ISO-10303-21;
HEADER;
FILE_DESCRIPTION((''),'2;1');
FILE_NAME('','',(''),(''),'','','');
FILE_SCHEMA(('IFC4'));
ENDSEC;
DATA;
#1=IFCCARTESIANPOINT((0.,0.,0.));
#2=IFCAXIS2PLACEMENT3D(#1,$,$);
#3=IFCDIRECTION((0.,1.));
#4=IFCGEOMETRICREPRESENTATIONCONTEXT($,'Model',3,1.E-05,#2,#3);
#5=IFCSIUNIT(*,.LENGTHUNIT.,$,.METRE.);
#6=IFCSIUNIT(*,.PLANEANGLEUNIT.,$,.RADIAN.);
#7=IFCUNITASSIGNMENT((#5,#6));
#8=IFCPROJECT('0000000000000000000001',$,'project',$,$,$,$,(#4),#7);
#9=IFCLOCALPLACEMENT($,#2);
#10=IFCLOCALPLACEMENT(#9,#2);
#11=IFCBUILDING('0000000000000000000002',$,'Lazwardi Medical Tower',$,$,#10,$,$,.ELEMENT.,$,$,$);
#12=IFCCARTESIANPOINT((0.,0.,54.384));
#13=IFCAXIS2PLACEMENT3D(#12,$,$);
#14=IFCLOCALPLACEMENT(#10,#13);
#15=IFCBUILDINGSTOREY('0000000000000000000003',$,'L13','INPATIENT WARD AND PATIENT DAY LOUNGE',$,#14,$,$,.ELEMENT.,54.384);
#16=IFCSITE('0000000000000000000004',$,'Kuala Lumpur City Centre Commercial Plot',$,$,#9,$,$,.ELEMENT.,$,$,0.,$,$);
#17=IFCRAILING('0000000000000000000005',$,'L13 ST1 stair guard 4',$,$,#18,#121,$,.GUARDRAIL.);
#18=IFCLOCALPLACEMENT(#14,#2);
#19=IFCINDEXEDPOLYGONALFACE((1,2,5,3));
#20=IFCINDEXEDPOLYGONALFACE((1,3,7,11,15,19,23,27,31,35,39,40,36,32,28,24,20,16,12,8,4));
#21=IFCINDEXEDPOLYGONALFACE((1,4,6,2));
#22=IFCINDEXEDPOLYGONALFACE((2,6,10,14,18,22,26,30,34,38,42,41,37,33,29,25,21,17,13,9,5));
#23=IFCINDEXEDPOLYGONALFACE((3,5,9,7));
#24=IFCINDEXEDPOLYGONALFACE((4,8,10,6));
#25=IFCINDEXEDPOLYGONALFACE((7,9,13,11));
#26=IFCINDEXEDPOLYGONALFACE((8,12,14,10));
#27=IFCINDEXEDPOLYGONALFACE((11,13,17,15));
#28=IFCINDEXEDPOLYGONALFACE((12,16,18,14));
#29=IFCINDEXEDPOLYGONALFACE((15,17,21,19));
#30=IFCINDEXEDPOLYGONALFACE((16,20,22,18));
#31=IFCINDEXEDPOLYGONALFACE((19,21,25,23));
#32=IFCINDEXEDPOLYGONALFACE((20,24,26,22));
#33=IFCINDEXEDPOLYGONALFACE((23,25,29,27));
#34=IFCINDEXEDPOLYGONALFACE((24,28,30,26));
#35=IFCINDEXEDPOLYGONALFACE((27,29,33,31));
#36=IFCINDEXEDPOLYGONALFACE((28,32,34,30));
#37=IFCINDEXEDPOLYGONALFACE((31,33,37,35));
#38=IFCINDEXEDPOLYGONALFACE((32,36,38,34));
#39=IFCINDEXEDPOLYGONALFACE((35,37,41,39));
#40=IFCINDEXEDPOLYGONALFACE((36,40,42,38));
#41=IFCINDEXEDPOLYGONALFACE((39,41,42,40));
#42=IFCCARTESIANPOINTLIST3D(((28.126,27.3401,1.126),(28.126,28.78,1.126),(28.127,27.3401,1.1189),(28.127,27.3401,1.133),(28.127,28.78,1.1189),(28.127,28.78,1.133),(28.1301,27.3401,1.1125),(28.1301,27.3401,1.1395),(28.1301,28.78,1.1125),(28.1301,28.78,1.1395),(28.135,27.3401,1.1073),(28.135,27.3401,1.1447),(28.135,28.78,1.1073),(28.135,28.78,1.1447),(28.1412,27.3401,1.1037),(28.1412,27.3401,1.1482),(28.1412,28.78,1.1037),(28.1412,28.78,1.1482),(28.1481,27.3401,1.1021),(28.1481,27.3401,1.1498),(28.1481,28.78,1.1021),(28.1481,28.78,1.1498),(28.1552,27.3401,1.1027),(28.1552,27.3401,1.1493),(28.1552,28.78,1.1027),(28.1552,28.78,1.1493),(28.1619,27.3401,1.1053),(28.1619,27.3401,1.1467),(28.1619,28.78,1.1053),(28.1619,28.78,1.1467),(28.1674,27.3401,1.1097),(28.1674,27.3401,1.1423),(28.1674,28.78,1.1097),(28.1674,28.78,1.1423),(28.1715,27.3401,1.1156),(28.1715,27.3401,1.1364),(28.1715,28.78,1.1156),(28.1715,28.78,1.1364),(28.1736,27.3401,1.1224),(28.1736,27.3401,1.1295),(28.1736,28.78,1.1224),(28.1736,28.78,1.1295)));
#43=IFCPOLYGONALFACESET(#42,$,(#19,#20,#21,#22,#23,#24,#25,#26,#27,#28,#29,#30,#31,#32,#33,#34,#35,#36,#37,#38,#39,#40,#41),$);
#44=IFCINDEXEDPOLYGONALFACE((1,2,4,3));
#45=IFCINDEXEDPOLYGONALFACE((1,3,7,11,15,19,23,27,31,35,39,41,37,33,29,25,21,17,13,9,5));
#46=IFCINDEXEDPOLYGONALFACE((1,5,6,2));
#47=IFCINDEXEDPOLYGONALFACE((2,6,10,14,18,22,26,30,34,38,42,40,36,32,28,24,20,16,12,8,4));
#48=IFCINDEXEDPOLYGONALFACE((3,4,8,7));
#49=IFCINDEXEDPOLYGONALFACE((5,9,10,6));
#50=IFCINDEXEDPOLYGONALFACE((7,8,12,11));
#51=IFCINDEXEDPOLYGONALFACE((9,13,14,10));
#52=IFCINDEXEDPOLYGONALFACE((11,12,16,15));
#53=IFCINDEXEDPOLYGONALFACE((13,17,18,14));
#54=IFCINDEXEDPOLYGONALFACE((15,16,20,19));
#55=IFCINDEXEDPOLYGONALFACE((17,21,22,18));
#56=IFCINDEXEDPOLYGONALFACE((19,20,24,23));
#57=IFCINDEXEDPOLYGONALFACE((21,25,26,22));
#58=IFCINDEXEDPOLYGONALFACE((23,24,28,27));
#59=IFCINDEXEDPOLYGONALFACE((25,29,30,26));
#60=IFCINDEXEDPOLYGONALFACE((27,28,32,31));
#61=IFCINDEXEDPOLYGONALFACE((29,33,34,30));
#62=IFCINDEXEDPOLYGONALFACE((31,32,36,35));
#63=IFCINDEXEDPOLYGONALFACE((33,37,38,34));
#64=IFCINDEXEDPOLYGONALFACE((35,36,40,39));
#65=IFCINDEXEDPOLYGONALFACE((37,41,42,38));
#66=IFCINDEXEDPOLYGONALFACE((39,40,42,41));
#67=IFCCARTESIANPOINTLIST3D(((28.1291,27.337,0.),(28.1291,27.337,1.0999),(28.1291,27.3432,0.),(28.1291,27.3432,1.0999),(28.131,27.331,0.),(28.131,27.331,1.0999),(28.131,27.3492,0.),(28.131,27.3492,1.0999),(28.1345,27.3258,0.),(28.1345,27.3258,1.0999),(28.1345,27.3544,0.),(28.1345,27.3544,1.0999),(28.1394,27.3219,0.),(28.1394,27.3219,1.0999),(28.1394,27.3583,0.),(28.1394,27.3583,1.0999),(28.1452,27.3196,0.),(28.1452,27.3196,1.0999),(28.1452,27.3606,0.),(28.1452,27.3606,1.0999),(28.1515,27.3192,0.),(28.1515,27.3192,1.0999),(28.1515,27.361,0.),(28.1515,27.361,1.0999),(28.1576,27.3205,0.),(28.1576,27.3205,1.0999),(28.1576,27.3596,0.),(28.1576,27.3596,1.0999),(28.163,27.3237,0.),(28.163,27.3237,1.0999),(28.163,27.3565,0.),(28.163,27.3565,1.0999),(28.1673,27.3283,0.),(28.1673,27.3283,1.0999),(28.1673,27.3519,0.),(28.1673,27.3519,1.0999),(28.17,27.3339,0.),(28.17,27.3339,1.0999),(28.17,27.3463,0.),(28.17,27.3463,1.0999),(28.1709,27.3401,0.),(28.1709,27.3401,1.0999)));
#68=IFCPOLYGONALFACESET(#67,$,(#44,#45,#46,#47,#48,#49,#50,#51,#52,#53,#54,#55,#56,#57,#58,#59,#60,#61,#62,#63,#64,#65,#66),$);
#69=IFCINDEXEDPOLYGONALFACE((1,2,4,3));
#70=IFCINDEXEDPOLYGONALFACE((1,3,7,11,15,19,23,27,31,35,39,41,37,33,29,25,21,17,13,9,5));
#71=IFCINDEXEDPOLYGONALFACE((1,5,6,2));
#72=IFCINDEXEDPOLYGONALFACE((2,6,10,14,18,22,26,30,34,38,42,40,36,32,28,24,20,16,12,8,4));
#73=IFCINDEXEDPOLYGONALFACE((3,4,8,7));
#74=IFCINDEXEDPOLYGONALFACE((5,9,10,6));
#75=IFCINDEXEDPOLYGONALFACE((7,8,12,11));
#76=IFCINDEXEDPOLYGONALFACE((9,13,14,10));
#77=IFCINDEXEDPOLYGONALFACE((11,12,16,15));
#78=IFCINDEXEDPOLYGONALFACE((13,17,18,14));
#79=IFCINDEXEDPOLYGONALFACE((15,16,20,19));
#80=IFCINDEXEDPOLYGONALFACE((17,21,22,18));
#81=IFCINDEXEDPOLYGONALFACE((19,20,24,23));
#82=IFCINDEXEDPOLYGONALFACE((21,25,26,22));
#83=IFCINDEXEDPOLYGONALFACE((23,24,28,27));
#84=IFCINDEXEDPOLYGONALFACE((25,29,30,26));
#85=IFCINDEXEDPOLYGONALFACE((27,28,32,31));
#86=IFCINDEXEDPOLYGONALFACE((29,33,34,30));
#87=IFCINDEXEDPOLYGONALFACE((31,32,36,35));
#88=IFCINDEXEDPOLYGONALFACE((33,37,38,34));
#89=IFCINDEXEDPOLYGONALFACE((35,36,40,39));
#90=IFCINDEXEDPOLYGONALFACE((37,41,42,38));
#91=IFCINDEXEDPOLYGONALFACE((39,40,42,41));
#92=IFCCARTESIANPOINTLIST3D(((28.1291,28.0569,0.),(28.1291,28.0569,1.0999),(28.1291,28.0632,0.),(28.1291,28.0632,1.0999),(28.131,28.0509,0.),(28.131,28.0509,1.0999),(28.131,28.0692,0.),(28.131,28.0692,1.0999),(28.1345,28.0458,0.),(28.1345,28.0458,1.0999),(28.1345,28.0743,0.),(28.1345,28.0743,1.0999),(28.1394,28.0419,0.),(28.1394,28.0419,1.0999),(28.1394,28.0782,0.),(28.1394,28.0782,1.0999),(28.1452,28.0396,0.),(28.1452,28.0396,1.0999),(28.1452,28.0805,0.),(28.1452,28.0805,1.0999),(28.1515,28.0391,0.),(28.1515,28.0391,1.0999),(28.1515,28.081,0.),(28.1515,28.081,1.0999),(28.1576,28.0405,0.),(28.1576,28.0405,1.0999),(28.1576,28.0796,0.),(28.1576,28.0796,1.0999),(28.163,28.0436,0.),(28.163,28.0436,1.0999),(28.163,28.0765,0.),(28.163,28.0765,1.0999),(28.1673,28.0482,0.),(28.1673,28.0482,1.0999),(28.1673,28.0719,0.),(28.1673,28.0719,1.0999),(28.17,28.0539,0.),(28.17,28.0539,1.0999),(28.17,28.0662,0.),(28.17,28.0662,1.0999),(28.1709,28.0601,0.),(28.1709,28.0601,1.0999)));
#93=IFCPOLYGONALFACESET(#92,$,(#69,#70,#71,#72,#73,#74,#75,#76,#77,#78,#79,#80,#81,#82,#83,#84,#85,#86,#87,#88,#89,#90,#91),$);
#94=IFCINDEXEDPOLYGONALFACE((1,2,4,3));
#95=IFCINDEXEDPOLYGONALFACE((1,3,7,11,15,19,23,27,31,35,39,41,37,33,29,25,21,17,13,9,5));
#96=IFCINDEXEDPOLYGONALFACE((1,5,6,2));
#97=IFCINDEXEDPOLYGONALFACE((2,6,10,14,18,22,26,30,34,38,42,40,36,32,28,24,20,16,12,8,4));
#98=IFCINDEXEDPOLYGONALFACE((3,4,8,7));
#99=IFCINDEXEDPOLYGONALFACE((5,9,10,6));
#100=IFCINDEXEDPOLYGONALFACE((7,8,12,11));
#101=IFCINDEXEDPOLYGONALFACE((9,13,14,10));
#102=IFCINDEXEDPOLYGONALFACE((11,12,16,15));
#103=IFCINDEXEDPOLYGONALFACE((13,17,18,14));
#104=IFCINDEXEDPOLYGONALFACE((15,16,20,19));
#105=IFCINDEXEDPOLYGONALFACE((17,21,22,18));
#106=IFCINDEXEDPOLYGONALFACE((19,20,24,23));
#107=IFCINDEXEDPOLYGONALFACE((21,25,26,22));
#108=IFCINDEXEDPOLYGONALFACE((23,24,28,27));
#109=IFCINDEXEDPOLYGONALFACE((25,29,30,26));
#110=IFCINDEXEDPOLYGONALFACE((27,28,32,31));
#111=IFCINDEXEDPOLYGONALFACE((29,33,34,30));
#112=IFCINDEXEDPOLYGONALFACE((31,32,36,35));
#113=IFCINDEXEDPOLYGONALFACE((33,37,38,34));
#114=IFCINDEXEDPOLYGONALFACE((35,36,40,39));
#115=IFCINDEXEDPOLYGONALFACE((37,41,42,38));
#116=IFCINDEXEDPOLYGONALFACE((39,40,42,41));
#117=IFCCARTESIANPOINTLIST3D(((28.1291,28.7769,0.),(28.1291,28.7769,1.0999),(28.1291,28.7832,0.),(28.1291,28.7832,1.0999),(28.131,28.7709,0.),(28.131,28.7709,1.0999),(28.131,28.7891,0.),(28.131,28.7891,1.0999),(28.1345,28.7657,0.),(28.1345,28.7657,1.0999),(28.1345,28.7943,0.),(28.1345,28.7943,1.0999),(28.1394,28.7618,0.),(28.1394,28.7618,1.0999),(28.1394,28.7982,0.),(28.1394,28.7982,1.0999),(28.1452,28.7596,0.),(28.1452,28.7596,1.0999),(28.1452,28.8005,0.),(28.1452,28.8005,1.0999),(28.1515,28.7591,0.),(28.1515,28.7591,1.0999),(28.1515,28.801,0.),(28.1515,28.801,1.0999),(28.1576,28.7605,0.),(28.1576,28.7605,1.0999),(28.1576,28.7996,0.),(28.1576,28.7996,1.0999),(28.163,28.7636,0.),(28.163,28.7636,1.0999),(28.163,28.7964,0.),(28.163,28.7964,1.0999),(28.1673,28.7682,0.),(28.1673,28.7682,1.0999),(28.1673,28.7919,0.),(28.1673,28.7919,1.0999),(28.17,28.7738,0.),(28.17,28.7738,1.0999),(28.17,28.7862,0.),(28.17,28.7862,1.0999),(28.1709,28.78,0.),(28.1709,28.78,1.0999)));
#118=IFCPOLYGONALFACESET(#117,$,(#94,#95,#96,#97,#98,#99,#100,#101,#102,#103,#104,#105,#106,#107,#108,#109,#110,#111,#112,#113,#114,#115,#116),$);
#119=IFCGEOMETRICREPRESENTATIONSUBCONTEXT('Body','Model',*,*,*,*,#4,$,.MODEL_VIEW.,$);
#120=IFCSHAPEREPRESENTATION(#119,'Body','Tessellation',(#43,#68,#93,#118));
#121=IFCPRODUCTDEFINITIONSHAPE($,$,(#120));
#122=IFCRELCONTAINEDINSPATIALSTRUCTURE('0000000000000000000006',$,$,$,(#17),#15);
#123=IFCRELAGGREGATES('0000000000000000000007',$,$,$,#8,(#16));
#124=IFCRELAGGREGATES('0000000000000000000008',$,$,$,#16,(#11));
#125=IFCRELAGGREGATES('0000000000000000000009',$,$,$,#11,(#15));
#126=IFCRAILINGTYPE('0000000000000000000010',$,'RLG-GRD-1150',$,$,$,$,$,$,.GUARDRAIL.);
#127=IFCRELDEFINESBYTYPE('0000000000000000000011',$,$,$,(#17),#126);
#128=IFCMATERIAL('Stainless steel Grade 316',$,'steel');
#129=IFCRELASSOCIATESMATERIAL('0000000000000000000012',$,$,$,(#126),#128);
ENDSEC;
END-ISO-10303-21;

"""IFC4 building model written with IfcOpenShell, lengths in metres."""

from ifc_helpers import new_model, si_unit, direction, frame, origin, origin_2d, place, context, subcontext, project, spatial, circle, extrude, material, type_object, element, save


model = new_model("IFC4")

# Units and contexts
model_context = context("Model", 3, precision=1e-05, world=origin(), true_north=direction((0.0, 1.0)))
body_context = subcontext(model_context, "Body", "Model", "MODEL_VIEW")
ifc_project = project(units=[si_unit("LENGTHUNIT", "METRE"), si_unit("PLANEANGLEUNIT", "RADIAN")], contexts=[model_context])

# Site, building, storey
site_placement = place(None, origin())
site = spatial("IfcSite", under=ifc_project, at=site_placement, Name="Kuala Lumpur City Centre Commercial Plot", CompositionType="ELEMENT", RefElevation=0.0)
building_placement = place(site_placement, origin())
building = spatial("IfcBuilding", under=site, at=building_placement, Name="Lazwardi Medical Tower", CompositionType="ELEMENT")
storey_placement = place(building_placement, frame((0.0, 0.0, 54.384)))
storey = spatial("IfcBuildingStorey", under=building, at=storey_placement, Name="L13", Description="INPATIENT WARD AND PATIENT DAY LOUNGE", CompositionType="ELEMENT", Elevation=54.384)

# Railing
ifc_material_1 = material(Name="Stainless steel Grade 316", Category="steel")
railing_type_1 = type_object("IfcRailingType", Name="RLG-GRD-1150", PredefinedType="GUARDRAIL", material=ifc_material_1)
railing_1_placement = place(storey_placement, frame((28.1499, 27.3401, 0.0)))
element("IfcRailing", 1, at=railing_1_placement, inside=storey, type_object=railing_type_1, Name="L13 ST1 stair guard 4", PredefinedType="GUARDRAIL", context=body_context, shape_type="SweptSolid", body=[
    extrude(circle(Radius=0.0239, at=origin_2d()), frame((0.0, 0.0, 1.126), z_axis=(0.0, 1.0, 0.0), x_axis=(-1.0, 0.0, 0.0)), (0.0, 0.0, 1.0), 1.4399),
    extrude(circle(Radius=0.021, at=origin_2d()), origin(), (0.0, 0.0, 1.0), 1.0999),
    extrude(circle(Radius=0.021, at=origin_2d()), frame((0.0, 0.72, 0.0)), (0.0, 0.0, 1.0), 1.0999),
    extrude(circle(Radius=0.021, at=origin_2d()), frame((0.0, 1.4399, 0.0)), (0.0, 0.0, 1.0), 1.0999),
])

save(model, "model.ifc")
